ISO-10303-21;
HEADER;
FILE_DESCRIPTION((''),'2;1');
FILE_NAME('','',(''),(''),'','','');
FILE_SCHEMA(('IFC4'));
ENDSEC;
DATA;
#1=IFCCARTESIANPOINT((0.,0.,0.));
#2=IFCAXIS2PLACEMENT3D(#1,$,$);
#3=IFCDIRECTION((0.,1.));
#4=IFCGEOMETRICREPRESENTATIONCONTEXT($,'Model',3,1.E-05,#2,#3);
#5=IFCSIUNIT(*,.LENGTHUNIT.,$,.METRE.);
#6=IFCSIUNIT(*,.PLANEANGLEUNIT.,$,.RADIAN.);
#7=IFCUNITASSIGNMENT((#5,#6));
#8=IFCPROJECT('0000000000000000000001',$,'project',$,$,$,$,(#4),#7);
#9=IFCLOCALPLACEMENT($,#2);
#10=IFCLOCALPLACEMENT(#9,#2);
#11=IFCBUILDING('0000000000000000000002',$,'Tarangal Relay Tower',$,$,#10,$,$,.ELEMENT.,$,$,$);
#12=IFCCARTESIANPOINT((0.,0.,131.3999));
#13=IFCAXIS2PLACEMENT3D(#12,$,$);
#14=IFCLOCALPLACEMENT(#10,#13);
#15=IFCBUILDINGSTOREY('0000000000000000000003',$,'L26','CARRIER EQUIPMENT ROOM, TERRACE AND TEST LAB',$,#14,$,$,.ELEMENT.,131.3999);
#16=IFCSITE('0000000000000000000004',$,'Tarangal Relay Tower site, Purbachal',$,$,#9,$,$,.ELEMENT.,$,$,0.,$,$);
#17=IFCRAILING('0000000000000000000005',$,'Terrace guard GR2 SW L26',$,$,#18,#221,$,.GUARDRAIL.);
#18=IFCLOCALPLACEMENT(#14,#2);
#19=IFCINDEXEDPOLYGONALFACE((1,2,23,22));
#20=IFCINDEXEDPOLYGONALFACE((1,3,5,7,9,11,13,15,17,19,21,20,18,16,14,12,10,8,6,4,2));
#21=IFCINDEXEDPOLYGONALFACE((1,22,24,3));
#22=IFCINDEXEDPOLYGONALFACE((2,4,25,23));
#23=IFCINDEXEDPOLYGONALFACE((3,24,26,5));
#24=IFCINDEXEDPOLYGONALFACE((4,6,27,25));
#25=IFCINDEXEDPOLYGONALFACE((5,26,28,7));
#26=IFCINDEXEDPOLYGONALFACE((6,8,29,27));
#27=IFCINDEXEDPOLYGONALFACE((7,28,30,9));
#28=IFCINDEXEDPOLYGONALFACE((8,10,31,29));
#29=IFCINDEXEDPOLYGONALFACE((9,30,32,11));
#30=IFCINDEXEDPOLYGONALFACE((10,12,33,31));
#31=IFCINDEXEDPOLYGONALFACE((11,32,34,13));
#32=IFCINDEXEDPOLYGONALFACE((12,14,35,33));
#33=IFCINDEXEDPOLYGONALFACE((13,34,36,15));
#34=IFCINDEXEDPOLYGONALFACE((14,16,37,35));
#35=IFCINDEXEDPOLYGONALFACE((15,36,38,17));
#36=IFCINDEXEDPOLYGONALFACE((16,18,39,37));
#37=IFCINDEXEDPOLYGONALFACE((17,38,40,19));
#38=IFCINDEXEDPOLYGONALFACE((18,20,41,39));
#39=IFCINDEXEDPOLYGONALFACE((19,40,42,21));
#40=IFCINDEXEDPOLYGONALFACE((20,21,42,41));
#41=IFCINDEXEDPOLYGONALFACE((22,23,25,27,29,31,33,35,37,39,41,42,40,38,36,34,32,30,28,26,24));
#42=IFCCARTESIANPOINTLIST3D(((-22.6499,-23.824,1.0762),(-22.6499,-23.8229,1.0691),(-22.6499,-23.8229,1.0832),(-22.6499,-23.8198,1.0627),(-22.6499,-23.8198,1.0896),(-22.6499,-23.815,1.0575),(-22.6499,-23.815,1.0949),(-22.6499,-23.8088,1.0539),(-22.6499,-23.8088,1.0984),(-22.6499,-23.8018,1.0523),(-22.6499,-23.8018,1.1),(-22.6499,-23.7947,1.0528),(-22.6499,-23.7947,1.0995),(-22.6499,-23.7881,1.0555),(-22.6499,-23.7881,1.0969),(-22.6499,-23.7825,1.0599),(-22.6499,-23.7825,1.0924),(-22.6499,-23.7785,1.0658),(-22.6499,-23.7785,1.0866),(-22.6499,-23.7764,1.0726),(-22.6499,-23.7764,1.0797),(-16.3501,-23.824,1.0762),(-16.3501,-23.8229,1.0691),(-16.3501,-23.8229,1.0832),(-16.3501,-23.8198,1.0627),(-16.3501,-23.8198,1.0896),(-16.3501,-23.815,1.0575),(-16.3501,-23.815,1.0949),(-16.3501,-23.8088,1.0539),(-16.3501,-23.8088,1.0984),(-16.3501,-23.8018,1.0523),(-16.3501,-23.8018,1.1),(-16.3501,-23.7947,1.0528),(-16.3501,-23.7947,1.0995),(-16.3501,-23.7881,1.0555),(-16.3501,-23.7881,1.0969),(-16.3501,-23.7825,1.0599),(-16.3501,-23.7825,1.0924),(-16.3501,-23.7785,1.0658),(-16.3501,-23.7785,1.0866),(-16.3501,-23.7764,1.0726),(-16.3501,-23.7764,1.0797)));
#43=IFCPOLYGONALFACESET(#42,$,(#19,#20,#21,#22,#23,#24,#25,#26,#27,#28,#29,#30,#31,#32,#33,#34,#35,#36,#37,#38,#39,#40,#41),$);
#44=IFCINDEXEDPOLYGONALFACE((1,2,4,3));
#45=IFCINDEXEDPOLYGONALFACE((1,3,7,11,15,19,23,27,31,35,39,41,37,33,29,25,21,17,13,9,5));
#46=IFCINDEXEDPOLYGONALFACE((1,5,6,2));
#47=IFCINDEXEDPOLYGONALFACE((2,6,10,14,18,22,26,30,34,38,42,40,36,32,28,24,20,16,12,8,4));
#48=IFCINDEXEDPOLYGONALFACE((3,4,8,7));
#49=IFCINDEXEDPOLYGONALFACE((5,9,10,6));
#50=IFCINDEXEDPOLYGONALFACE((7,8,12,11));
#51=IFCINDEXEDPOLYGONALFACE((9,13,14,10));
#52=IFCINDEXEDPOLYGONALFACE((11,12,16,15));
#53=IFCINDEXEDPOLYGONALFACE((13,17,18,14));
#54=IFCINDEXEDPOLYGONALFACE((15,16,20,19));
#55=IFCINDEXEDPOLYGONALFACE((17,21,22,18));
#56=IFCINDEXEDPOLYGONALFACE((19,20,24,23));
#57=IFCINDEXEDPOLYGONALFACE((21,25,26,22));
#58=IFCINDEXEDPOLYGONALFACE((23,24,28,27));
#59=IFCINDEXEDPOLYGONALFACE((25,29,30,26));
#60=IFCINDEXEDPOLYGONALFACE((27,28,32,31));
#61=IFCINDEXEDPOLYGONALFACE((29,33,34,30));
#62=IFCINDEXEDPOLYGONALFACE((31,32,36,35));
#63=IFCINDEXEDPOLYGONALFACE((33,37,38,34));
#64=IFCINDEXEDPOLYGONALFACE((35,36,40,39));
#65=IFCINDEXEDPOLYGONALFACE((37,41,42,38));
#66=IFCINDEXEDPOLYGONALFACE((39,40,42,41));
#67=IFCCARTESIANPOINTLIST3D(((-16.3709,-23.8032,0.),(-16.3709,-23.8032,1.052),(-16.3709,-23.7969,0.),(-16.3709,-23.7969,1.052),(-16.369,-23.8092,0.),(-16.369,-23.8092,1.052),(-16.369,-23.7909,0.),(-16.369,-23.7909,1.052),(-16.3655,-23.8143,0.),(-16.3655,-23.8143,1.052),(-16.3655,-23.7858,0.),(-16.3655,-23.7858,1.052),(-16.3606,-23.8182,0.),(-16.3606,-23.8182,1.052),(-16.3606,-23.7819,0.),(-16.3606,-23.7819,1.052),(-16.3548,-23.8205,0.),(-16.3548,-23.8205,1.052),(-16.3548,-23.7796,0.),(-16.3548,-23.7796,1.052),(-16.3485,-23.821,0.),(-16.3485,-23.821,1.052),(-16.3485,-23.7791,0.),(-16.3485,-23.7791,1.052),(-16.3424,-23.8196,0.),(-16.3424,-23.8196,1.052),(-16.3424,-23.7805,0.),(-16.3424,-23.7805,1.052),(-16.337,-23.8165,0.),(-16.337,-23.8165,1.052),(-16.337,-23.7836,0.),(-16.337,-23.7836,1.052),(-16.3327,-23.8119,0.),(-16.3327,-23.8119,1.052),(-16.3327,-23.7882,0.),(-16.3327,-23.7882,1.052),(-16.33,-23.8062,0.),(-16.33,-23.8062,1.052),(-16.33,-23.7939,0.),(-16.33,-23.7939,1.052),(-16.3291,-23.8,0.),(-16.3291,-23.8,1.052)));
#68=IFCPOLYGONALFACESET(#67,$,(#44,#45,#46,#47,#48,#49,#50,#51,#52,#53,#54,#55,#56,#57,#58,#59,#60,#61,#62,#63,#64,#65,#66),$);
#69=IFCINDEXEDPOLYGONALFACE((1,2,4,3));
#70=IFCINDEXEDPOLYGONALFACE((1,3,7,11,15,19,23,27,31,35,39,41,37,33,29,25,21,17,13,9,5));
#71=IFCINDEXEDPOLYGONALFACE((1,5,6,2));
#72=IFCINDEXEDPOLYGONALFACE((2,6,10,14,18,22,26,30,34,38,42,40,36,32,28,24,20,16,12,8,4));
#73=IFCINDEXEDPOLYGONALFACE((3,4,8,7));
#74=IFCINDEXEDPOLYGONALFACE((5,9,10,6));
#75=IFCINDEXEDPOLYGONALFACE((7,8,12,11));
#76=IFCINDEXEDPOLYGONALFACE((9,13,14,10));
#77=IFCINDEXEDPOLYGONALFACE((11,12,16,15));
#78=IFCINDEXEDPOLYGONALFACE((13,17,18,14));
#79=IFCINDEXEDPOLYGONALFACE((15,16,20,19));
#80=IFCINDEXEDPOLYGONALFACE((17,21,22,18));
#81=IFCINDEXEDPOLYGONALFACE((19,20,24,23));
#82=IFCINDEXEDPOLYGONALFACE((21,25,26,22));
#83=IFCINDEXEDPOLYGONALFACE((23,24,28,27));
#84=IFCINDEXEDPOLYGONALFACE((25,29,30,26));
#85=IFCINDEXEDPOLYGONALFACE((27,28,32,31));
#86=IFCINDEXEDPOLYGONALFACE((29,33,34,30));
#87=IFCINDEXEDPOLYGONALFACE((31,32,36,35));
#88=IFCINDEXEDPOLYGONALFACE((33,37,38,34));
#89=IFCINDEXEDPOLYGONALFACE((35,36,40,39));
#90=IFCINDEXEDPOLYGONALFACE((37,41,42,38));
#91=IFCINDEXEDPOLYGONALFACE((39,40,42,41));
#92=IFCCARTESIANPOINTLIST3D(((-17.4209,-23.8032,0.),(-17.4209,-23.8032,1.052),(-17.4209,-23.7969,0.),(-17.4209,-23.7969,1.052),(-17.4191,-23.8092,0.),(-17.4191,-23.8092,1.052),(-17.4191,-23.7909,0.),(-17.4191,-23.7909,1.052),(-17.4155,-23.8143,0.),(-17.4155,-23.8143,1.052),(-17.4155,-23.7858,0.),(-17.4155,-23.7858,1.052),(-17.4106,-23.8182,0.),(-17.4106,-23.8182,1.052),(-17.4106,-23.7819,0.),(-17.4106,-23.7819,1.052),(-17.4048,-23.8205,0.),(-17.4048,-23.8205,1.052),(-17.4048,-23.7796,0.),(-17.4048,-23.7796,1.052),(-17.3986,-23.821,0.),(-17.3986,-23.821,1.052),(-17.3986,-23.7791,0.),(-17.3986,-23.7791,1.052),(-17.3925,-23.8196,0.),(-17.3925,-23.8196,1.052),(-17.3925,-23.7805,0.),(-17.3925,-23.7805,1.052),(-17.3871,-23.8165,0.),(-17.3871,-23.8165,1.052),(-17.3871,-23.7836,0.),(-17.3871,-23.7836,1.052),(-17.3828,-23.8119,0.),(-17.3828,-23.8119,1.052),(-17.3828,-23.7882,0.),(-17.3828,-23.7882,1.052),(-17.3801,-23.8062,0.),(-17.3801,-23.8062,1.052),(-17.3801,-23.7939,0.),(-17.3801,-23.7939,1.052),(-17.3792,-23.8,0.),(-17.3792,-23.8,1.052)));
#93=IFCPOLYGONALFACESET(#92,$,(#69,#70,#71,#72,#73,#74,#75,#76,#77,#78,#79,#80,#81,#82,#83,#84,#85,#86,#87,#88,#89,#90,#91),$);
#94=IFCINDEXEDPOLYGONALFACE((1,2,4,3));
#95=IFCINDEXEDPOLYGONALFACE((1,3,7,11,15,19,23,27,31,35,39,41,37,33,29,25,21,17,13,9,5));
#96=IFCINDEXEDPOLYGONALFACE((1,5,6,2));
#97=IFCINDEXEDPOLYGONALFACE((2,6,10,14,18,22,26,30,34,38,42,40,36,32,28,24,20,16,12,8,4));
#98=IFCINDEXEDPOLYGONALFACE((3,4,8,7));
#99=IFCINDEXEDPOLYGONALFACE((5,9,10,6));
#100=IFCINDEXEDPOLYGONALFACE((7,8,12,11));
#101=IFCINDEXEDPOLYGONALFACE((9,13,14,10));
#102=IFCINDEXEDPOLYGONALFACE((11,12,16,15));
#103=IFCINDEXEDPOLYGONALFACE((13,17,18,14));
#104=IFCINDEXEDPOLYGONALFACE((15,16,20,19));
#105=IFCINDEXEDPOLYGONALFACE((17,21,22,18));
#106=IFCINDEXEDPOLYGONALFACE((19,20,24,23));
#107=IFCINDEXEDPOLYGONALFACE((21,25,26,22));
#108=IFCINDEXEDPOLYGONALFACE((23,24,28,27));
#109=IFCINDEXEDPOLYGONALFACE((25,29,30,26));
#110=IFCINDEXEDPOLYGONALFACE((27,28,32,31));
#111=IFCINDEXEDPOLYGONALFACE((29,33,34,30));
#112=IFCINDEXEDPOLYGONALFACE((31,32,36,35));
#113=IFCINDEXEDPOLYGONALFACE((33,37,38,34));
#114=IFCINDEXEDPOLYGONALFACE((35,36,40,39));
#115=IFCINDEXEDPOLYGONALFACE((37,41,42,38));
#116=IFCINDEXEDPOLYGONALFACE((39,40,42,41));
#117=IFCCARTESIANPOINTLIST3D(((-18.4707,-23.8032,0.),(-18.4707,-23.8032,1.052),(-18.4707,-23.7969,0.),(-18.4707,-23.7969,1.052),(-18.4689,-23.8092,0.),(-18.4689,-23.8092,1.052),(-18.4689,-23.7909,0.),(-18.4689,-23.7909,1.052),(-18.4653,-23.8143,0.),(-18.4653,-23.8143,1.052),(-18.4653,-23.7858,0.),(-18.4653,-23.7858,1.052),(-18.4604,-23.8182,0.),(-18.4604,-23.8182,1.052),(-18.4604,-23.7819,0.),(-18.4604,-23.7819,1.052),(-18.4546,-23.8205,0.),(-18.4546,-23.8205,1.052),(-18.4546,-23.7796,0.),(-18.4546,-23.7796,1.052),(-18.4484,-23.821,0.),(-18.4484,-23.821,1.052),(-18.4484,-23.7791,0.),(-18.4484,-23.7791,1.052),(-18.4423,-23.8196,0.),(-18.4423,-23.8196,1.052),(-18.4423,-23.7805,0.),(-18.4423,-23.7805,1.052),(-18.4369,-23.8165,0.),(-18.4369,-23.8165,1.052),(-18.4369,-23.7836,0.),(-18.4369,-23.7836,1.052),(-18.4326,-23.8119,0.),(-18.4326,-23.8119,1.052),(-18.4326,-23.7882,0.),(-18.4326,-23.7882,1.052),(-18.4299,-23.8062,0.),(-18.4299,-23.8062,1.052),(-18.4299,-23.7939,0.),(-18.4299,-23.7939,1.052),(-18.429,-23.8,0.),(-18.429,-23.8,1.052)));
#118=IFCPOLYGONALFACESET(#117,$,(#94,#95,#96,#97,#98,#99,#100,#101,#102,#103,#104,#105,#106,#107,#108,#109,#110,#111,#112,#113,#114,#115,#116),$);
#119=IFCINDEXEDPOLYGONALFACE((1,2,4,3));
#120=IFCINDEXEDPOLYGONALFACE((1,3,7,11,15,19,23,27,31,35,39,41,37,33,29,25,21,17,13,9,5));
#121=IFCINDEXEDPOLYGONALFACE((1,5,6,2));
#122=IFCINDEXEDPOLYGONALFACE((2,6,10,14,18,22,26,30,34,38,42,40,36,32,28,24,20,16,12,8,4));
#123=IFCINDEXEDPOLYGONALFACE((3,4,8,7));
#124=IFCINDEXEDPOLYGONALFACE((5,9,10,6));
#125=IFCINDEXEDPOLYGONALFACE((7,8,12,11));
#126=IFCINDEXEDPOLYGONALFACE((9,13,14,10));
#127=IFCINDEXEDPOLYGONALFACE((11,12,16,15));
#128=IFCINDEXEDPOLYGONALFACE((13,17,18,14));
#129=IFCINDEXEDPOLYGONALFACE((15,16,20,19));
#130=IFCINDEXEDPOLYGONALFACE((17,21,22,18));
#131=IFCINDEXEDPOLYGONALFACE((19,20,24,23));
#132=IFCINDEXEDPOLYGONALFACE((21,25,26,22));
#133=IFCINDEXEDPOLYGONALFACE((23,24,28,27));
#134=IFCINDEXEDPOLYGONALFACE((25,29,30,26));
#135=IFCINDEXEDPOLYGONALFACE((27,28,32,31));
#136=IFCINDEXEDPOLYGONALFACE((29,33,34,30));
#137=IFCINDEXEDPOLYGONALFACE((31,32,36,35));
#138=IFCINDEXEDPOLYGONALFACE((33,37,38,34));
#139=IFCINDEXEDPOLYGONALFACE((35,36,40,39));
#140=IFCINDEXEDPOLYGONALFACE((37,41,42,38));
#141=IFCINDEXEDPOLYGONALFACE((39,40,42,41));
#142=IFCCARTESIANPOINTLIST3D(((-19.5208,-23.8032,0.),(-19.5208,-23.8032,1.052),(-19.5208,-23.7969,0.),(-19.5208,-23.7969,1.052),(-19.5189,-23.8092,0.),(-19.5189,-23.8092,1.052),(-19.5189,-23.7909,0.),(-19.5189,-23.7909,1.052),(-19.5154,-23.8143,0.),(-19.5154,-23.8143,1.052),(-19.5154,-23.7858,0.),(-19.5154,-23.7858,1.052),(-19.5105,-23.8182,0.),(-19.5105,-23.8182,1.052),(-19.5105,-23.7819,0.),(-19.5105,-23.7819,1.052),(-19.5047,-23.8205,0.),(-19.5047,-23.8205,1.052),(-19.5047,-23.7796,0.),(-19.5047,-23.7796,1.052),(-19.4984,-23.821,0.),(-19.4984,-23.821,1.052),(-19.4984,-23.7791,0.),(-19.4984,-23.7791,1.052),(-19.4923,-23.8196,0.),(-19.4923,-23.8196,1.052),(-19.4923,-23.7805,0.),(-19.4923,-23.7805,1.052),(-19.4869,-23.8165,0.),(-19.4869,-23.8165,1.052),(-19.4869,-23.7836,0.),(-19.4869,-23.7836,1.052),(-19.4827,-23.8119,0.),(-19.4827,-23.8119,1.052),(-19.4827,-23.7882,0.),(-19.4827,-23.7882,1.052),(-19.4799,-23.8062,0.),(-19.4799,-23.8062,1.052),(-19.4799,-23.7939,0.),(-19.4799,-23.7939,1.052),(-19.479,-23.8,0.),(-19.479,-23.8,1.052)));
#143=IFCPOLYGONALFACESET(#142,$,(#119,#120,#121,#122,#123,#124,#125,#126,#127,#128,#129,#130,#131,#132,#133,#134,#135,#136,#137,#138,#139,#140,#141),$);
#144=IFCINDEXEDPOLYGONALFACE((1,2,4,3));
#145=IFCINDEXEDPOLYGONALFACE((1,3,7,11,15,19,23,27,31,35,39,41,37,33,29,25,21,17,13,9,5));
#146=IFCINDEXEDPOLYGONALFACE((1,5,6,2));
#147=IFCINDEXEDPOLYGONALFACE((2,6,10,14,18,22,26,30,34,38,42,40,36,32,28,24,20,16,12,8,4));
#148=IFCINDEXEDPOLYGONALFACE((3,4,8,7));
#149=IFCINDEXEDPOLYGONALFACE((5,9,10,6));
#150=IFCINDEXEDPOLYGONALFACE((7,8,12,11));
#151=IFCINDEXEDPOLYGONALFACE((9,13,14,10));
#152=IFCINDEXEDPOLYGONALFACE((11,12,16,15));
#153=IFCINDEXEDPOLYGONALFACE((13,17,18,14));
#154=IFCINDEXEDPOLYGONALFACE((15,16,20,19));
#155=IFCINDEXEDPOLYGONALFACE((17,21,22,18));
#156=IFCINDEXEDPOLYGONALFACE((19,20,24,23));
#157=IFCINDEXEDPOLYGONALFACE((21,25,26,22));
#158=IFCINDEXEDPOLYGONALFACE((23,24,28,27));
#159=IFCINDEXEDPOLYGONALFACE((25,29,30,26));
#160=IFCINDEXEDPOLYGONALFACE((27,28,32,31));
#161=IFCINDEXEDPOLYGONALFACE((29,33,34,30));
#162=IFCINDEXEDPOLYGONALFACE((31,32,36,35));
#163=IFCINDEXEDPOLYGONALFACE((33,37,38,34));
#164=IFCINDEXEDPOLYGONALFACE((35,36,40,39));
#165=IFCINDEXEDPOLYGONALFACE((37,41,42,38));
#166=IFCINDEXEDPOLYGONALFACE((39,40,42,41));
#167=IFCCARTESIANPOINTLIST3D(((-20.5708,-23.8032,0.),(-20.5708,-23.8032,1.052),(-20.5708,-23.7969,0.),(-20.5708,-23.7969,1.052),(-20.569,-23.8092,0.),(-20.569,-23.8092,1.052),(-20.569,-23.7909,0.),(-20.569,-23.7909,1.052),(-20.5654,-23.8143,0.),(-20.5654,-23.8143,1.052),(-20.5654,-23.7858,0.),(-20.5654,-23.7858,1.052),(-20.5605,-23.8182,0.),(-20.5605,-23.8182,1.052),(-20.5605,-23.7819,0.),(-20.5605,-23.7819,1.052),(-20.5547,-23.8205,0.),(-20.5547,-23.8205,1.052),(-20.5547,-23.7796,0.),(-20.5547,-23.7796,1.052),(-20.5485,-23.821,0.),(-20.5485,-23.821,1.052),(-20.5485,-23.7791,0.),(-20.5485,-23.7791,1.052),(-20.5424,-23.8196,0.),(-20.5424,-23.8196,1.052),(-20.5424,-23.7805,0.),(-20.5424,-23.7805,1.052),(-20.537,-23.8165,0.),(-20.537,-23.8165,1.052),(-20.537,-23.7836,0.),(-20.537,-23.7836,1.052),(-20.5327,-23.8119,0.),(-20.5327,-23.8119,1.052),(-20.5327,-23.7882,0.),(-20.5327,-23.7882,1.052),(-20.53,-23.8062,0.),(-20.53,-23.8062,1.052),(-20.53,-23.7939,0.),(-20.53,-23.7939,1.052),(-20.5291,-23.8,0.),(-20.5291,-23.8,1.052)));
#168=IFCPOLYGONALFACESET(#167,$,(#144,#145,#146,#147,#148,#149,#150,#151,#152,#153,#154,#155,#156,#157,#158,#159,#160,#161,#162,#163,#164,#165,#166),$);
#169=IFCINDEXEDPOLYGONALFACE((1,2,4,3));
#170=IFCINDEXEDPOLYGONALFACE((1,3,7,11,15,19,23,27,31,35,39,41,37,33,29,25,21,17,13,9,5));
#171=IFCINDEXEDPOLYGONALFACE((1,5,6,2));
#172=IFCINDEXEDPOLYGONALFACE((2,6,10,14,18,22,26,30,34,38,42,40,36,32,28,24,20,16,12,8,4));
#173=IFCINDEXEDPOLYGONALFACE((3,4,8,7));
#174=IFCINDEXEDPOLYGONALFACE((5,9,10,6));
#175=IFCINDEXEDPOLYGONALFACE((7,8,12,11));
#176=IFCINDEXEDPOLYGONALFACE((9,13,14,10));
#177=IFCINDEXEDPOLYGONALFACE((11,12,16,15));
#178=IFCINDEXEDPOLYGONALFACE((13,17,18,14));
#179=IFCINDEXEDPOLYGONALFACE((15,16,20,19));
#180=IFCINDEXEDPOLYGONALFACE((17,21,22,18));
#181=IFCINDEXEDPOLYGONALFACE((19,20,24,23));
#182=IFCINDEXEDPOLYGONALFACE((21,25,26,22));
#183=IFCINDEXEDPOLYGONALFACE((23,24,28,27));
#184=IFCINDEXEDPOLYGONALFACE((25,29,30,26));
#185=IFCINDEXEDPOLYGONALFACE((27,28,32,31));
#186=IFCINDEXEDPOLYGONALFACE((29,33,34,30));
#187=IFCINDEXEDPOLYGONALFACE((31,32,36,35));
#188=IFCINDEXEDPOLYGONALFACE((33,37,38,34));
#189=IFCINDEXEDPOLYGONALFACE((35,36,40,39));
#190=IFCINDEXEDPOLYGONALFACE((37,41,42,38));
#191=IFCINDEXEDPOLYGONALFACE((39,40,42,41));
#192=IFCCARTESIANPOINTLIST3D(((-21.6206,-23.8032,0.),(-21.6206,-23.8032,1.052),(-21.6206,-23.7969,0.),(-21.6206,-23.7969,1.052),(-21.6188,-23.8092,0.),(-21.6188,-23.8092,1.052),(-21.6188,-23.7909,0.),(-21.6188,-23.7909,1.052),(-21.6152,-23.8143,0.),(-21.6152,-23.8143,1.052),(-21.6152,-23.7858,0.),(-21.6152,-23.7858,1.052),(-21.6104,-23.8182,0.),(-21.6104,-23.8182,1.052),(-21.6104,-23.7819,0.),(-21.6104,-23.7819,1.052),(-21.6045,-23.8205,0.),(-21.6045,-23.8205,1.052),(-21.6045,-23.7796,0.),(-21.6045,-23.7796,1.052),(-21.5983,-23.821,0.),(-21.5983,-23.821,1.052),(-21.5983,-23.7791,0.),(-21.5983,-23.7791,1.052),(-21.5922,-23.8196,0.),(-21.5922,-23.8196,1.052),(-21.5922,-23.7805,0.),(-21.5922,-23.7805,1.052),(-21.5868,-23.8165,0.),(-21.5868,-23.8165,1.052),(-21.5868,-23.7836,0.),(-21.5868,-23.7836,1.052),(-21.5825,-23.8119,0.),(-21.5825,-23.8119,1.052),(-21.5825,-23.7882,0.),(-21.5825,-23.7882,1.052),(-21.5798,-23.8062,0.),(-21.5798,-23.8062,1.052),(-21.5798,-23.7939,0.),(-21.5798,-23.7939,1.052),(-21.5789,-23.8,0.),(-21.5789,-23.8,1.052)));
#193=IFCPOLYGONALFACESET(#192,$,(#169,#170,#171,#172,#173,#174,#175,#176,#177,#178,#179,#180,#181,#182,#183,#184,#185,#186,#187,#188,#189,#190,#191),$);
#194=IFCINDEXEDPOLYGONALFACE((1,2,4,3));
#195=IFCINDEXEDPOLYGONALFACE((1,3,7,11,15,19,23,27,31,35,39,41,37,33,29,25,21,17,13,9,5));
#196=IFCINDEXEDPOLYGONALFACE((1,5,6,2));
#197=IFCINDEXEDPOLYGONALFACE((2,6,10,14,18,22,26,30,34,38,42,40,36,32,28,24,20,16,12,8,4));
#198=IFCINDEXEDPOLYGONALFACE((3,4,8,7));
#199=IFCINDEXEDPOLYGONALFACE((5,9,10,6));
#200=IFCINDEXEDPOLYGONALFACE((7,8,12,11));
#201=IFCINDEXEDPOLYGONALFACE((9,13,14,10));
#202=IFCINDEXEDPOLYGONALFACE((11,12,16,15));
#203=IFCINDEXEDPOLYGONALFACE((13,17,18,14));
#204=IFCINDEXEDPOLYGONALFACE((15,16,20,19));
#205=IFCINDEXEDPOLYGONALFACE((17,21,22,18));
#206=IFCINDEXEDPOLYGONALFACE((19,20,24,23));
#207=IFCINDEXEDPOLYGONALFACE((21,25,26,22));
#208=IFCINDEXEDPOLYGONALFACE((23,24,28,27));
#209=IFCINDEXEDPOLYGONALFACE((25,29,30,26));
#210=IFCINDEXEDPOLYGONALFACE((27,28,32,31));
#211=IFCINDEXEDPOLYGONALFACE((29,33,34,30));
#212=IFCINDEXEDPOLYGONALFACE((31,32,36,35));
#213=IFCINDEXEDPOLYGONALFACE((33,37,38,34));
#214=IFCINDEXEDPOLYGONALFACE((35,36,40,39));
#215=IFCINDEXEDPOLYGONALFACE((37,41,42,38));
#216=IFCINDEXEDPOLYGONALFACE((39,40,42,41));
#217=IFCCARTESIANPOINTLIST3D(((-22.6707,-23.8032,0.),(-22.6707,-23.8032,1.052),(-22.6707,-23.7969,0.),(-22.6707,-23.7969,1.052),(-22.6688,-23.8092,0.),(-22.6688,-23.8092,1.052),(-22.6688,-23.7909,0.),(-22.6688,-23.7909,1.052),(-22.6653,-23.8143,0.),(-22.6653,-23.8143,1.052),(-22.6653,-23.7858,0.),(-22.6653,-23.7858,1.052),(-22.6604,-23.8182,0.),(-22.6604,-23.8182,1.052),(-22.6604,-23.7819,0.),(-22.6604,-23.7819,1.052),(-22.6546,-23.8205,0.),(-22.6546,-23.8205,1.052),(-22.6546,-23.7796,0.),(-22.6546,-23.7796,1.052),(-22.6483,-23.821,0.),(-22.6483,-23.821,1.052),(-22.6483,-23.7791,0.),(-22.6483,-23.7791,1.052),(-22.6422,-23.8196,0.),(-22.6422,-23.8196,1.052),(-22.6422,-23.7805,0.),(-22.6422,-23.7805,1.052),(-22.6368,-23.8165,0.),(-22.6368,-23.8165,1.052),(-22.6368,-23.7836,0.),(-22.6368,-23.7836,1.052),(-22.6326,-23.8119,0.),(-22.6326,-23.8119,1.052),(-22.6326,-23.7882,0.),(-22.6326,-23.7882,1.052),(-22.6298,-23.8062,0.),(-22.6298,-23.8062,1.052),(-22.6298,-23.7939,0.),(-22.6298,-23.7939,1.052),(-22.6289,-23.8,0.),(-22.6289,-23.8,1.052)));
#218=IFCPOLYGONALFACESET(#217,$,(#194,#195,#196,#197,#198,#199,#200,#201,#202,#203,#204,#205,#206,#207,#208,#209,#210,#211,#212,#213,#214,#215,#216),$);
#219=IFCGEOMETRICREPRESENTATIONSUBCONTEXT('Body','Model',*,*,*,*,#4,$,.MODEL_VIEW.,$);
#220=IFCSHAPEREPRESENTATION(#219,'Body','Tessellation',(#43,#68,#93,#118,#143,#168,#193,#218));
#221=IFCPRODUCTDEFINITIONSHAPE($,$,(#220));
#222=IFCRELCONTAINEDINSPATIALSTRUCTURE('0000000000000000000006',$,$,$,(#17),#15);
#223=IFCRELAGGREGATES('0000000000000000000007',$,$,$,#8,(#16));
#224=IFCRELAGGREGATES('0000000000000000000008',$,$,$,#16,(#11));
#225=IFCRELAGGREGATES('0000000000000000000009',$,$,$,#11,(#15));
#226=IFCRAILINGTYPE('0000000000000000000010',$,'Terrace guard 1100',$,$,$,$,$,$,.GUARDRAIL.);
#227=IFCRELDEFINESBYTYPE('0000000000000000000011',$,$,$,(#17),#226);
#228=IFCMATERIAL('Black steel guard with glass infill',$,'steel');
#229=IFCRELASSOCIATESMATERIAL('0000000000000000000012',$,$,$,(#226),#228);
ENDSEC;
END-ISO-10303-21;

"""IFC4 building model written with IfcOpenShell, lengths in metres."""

from ifc_helpers import new_model, si_unit, direction, frame, origin, origin_2d, place, context, subcontext, project, spatial, circle, extrude, material, type_object, element, save


model = new_model("IFC4")

# Units and contexts
model_context = context("Model", 3, precision=1e-05, world=origin(), true_north=direction((0.0, 1.0)))
body_context = subcontext(model_context, "Body", "Model", "MODEL_VIEW")
ifc_project = project(units=[si_unit("LENGTHUNIT", "METRE"), si_unit("PLANEANGLEUNIT", "RADIAN")], contexts=[model_context])

# Site, building, storey
site_placement = place(None, origin())
site = spatial("IfcSite", under=ifc_project, at=site_placement, Name="Tarangal Relay Tower site, Purbachal", CompositionType="ELEMENT", RefElevation=0.0)
building_placement = place(site_placement, origin())
building = spatial("IfcBuilding", under=site, at=building_placement, Name="Tarangal Relay Tower", CompositionType="ELEMENT")
storey_placement = place(building_placement, frame((0.0, 0.0, 131.3999)))
storey = spatial("IfcBuildingStorey", under=building, at=storey_placement, Name="L26", Description="CARRIER EQUIPMENT ROOM, TERRACE AND TEST LAB", CompositionType="ELEMENT", Elevation=131.3999)

# Railing
ifc_material_1 = material(Name="Black steel guard with glass infill", Category="steel")
railing_type = type_object("IfcRailingType", Name="Terrace guard 1100", PredefinedType="GUARDRAIL", material=ifc_material_1)
railing_placement = place(storey_placement, frame((-16.3501, -23.8, 0.0)))
element("IfcRailing", 1, at=railing_placement, inside=storey, type_object=railing_type, Name="Terrace guard GR2 SW L26", PredefinedType="GUARDRAIL", context=body_context, shape_type="SweptSolid", body=[
    extrude(circle(Radius=0.0239, at=origin_2d()), frame((0.0, 0.0, 1.0762), z_axis=(-1.0, 0.0, 0.0), x_axis=(0.0, -1.0, 0.0)), (0.0, 0.0, 1.0), 6.2998),
    extrude(circle(Radius=0.021, at=origin_2d()), origin(), (0.0, 0.0, 1.0), 1.052),
    extrude(circle(Radius=0.021, at=origin_2d()), frame((-1.05, 0.0, 0.0)), (0.0, 0.0, 1.0), 1.052),
    extrude(circle(Radius=0.021, at=origin_2d()), frame((-2.0999, 0.0, 0.0)), (0.0, 0.0, 1.0), 1.052),
    extrude(circle(Radius=0.021, at=origin_2d()), frame((-3.1499, 0.0, 0.0)), (0.0, 0.0, 1.0), 1.052),
    extrude(circle(Radius=0.021, at=origin_2d()), frame((-4.2, 0.0, 0.0)), (0.0, 0.0, 1.0), 1.052),
    extrude(circle(Radius=0.021, at=origin_2d()), frame((-5.2498, 0.0, 0.0)), (0.0, 0.0, 1.0), 1.052),
    extrude(circle(Radius=0.021, at=origin_2d()), frame((-6.2998, 0.0, 0.0)), (0.0, 0.0, 1.0), 1.052),
])

save(model, "model.ifc")
